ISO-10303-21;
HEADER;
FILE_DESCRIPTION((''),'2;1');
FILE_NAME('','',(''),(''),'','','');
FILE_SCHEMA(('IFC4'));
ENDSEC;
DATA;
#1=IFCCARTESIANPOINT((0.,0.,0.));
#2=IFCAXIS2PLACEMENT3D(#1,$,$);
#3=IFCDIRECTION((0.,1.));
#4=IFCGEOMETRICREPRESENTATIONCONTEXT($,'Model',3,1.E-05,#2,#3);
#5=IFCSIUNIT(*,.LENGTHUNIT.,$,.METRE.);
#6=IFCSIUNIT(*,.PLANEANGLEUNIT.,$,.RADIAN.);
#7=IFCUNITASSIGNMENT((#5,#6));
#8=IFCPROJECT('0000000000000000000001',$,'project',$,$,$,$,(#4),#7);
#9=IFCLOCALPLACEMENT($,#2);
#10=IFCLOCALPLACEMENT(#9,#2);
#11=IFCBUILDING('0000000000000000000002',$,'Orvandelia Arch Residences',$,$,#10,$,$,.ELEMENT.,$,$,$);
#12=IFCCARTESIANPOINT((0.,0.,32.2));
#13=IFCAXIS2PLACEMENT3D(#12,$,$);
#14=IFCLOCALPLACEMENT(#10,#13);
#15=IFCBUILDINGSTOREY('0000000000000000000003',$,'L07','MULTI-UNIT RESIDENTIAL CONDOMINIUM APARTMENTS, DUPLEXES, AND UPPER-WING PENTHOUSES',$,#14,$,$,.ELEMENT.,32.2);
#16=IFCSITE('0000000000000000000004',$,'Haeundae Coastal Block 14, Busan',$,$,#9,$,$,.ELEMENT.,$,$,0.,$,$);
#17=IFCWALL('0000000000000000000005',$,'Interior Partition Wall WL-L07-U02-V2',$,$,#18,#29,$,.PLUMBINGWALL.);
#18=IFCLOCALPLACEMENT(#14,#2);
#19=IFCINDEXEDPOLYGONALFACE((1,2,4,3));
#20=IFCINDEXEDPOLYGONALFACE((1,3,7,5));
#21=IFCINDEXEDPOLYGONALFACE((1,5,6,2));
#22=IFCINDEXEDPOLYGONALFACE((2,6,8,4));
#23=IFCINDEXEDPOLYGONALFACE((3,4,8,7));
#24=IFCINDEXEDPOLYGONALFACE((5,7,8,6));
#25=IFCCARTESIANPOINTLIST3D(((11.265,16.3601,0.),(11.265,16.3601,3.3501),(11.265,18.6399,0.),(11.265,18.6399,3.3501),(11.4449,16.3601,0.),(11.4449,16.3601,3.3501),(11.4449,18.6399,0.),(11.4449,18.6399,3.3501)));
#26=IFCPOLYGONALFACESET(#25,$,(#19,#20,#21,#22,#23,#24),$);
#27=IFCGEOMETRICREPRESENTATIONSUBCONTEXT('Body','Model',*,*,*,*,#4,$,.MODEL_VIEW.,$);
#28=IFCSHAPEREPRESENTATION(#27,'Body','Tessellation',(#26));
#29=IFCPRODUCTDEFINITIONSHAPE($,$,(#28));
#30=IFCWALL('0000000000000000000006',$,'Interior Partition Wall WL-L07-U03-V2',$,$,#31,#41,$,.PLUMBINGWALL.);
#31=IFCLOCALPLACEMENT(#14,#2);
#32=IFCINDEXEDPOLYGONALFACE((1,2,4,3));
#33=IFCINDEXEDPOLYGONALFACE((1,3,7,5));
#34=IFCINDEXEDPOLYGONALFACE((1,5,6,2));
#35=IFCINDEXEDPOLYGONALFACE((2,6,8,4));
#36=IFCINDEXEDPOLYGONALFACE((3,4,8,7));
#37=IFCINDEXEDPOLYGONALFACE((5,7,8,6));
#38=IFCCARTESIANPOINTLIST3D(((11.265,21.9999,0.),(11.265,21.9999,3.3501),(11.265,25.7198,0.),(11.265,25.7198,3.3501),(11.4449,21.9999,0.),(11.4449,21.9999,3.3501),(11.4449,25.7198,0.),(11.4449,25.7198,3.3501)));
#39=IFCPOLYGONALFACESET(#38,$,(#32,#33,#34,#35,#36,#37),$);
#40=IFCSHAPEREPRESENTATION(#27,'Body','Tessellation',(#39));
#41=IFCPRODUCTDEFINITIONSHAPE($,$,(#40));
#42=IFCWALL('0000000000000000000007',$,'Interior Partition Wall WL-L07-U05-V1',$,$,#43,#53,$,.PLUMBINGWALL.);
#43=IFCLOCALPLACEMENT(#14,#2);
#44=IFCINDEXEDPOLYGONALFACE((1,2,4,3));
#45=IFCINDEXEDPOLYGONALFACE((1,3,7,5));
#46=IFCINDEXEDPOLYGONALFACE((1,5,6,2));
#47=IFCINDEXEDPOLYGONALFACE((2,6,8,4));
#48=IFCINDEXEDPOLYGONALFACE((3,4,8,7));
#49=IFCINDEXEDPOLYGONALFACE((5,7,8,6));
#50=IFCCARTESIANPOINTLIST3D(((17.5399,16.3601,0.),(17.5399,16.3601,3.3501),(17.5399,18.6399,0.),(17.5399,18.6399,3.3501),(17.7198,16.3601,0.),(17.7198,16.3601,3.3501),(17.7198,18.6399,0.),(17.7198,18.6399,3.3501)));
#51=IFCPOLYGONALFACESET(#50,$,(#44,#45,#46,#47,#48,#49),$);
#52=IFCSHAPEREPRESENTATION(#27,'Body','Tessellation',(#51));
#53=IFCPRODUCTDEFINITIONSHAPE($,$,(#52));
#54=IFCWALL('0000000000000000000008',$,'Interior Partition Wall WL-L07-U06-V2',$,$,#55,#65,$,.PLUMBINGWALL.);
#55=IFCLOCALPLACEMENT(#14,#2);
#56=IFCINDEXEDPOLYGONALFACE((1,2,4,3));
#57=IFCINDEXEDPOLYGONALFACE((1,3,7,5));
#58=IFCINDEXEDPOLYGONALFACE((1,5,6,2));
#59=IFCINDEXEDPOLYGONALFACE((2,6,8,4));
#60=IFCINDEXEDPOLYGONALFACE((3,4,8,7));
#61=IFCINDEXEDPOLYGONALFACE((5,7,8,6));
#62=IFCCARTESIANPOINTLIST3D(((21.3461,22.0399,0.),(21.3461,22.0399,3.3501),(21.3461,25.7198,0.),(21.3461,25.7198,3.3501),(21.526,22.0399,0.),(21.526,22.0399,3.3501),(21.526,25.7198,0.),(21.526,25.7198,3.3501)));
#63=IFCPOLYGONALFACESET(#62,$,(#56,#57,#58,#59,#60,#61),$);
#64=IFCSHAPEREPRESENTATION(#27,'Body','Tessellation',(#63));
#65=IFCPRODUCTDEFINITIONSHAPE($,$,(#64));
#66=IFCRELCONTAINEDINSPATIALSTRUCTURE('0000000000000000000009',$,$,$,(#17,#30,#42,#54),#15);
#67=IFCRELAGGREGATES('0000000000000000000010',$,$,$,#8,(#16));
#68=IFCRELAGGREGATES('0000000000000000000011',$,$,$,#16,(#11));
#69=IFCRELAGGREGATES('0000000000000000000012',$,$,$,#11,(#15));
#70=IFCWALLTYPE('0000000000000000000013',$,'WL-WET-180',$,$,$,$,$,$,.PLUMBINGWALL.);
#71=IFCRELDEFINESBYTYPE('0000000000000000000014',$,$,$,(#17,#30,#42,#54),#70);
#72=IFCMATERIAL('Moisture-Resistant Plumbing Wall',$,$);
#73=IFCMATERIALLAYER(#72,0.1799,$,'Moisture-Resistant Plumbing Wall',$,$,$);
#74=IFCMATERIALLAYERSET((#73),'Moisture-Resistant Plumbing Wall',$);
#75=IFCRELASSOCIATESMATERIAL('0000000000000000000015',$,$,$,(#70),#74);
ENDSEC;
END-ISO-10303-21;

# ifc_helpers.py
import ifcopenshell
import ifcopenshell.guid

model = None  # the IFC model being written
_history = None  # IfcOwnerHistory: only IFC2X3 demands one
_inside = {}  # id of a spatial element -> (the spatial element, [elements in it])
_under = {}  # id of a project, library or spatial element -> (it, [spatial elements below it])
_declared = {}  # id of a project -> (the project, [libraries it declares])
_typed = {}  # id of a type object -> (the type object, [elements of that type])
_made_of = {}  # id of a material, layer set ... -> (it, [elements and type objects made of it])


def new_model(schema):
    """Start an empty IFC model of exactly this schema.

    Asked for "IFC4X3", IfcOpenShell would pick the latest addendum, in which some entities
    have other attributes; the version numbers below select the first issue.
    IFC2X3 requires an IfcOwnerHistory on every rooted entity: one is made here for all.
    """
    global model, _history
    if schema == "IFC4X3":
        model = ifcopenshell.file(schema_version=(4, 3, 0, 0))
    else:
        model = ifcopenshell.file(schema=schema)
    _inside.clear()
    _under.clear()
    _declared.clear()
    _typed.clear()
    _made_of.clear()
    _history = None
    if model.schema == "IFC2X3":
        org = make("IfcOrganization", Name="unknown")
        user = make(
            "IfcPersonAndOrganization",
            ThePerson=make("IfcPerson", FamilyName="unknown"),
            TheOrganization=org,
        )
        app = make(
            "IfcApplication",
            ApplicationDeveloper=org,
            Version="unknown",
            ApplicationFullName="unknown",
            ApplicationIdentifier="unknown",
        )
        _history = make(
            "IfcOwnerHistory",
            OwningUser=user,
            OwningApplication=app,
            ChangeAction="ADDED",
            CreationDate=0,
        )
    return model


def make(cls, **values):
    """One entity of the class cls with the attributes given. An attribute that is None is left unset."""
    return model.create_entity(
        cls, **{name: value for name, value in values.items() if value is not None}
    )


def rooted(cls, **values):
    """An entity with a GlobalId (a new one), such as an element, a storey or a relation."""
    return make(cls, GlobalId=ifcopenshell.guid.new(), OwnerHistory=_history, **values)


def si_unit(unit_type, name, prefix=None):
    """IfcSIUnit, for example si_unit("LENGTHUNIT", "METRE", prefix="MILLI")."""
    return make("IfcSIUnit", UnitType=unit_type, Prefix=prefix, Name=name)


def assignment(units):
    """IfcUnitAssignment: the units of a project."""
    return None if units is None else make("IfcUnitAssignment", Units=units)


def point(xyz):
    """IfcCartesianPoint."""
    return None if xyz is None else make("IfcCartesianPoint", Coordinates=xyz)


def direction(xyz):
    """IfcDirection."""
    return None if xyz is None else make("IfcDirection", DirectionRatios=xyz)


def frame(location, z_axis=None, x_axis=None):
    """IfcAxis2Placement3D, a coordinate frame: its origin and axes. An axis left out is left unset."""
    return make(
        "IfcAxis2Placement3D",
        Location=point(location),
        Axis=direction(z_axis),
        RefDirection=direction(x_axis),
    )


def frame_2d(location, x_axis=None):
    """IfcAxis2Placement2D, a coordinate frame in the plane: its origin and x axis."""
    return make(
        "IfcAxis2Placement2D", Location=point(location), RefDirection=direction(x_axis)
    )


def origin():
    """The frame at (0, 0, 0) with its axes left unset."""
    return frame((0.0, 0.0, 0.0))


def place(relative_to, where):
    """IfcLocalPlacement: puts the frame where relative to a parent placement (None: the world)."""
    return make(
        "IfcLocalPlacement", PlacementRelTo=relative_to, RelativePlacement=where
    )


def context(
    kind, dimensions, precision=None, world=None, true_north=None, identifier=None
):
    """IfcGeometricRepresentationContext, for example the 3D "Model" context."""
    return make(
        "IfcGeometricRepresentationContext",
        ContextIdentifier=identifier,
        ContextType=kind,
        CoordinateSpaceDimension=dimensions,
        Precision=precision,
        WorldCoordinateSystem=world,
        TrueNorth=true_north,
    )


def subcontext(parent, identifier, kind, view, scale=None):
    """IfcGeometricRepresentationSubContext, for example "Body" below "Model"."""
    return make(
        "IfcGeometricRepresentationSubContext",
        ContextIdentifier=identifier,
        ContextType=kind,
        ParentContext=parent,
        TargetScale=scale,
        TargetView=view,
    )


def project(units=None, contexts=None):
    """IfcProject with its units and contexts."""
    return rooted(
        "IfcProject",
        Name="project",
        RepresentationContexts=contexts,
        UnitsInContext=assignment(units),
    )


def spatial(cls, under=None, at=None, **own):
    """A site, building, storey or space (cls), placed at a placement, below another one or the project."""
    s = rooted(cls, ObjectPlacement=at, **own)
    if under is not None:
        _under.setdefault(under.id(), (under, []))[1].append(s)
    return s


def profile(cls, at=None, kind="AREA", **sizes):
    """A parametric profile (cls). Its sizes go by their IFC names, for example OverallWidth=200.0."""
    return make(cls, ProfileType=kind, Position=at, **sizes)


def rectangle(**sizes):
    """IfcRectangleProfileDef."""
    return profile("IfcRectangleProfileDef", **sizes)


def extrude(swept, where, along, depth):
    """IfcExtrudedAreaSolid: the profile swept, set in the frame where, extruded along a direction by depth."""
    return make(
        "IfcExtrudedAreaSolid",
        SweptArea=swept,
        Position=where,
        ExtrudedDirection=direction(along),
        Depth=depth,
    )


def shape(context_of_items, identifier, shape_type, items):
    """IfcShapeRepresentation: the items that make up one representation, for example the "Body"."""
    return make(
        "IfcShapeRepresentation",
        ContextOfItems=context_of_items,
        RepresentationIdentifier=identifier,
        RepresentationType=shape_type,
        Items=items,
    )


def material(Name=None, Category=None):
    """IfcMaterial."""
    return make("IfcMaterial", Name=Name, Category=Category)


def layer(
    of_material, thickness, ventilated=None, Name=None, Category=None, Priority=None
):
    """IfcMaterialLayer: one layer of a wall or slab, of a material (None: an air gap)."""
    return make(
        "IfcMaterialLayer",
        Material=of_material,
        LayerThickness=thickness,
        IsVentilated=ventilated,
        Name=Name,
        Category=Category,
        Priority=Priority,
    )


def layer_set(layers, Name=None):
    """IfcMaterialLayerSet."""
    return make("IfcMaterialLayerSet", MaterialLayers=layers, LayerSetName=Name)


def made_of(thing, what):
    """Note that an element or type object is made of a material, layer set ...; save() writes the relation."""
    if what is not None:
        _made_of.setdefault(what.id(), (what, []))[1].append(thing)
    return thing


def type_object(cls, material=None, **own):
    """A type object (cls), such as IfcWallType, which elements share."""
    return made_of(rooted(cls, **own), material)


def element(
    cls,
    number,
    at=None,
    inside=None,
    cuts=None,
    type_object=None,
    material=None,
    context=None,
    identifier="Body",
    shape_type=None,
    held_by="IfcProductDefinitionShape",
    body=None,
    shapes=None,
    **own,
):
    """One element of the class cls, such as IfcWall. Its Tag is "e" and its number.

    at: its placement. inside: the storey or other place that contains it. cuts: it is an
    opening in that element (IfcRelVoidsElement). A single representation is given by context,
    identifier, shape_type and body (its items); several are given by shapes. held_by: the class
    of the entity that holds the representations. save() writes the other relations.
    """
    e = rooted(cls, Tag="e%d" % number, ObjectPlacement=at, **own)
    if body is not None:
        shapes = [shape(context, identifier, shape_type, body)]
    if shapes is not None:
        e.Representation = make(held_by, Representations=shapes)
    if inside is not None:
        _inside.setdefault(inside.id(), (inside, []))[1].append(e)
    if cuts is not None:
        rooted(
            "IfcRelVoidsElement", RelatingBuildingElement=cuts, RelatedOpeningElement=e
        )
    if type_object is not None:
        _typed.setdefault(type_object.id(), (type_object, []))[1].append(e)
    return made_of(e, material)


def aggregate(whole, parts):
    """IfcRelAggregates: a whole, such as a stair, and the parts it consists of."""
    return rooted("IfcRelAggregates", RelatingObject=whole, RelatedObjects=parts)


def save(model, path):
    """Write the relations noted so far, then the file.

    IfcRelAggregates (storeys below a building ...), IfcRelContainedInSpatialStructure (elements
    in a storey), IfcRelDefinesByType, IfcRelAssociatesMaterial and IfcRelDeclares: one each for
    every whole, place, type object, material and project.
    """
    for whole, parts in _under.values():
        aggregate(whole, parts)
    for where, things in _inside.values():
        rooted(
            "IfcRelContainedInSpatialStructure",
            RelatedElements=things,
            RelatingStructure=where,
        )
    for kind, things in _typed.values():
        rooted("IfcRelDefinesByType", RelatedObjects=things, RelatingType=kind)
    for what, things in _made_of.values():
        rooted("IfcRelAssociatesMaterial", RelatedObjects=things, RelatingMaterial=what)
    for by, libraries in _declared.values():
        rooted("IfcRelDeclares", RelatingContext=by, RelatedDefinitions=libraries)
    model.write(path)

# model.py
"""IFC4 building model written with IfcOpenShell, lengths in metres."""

from ifc_helpers import new_model, si_unit, direction, frame, frame_2d, origin, place, context, subcontext, project, spatial, rectangle, extrude, material, layer, layer_set, type_object, element, save


model = new_model("IFC4")

# Units and contexts
model_context = context("Model", 3, precision=1e-05, world=origin(), true_north=direction((0.0, 1.0)))
body_context = subcontext(model_context, "Body", "Model", "MODEL_VIEW")
ifc_project = project(units=[si_unit("LENGTHUNIT", "METRE"), si_unit("PLANEANGLEUNIT", "RADIAN")], contexts=[model_context])

# Site, building, storey
site_placement = place(None, origin())
site = spatial("IfcSite", under=ifc_project, at=site_placement, Name="Haeundae Coastal Block 14, Busan", CompositionType="ELEMENT", RefElevation=0.0)
building_placement = place(site_placement, origin())
building = spatial("IfcBuilding", under=site, at=building_placement, Name="Orvandelia Arch Residences", CompositionType="ELEMENT")
storey_placement = place(building_placement, frame((0.0, 0.0, 32.2)))
storey = spatial("IfcBuildingStorey", under=building, at=storey_placement, Name="L07", Description="MULTI-UNIT RESIDENTIAL CONDOMINIUM APARTMENTS, DUPLEXES, AND UPPER-WING PENTHOUSES", CompositionType="ELEMENT", Elevation=32.2)

# Walls
ifc_material_1 = material(Name="Moisture-Resistant Plumbing Wall")
ifc_layer_1 = layer(ifc_material_1, 0.1799, Name="Moisture-Resistant Plumbing Wall")
ifc_layer_set_1 = layer_set([ifc_layer_1], Name="Moisture-Resistant Plumbing Wall")
wall_type_1 = type_object("IfcWallType", Name="WL-WET-180", PredefinedType="PLUMBINGWALL", material=ifc_layer_set_1)
wall_1_placement = place(storey_placement, frame((11.355, 16.3601, 0.0), z_axis=(0.0, 0.0, 1.0), x_axis=(0.0, 1.0, 0.0)))
element("IfcWall", 1, at=wall_1_placement, inside=storey, type_object=wall_type_1, Name="Interior Partition Wall WL-L07-U02-V2", PredefinedType="PLUMBINGWALL", context=body_context, shape_type="SweptSolid", body=[
    extrude(rectangle(XDim=2.2798, YDim=0.1799, at=frame_2d((1.1399, 0.0))), origin(), (0.0, 0.0, 1.0), 3.3501),
])
wall_2_placement = place(storey_placement, frame((11.355, 22.0, 0.0), z_axis=(0.0, 0.0, 1.0), x_axis=(0.0, 1.0, 0.0)))
element("IfcWall", 2, at=wall_2_placement, inside=storey, type_object=wall_type_1, Name="Interior Partition Wall WL-L07-U03-V2", PredefinedType="PLUMBINGWALL", context=body_context, shape_type="SweptSolid", body=[
    extrude(rectangle(XDim=3.72, YDim=0.1799, at=frame_2d((1.8599, 0.0))), origin(), (0.0, 0.0, 1.0), 3.3501),
])

# Wall
wall_3_placement = place(storey_placement, frame((17.6299, 16.3601, 0.0), z_axis=(0.0, 0.0, 1.0), x_axis=(0.0, 1.0, 0.0)))
element("IfcWall", 3, at=wall_3_placement, inside=storey, type_object=wall_type_1, Name="Interior Partition Wall WL-L07-U05-V1", PredefinedType="PLUMBINGWALL", context=body_context, shape_type="SweptSolid", body=[
    extrude(rectangle(XDim=2.2798, YDim=0.1799, at=frame_2d((1.1399, 0.0))), origin(), (0.0, 0.0, 1.0), 3.3501),
])

# Wall
wall_4_placement = place(storey_placement, frame((21.436, 22.04, 0.0), z_axis=(0.0, 0.0, 1.0), x_axis=(0.0, 1.0, 0.0)))
element("IfcWall", 4, at=wall_4_placement, inside=storey, type_object=wall_type_1, Name="Interior Partition Wall WL-L07-U06-V2", PredefinedType="PLUMBINGWALL", context=body_context, shape_type="SweptSolid", body=[
    extrude(rectangle(XDim=3.6799, YDim=0.1799, at=frame_2d((1.8398, 0.0))), origin(), (0.0, 0.0, 1.0), 3.3501),
])

save(model, "model.ifc")
